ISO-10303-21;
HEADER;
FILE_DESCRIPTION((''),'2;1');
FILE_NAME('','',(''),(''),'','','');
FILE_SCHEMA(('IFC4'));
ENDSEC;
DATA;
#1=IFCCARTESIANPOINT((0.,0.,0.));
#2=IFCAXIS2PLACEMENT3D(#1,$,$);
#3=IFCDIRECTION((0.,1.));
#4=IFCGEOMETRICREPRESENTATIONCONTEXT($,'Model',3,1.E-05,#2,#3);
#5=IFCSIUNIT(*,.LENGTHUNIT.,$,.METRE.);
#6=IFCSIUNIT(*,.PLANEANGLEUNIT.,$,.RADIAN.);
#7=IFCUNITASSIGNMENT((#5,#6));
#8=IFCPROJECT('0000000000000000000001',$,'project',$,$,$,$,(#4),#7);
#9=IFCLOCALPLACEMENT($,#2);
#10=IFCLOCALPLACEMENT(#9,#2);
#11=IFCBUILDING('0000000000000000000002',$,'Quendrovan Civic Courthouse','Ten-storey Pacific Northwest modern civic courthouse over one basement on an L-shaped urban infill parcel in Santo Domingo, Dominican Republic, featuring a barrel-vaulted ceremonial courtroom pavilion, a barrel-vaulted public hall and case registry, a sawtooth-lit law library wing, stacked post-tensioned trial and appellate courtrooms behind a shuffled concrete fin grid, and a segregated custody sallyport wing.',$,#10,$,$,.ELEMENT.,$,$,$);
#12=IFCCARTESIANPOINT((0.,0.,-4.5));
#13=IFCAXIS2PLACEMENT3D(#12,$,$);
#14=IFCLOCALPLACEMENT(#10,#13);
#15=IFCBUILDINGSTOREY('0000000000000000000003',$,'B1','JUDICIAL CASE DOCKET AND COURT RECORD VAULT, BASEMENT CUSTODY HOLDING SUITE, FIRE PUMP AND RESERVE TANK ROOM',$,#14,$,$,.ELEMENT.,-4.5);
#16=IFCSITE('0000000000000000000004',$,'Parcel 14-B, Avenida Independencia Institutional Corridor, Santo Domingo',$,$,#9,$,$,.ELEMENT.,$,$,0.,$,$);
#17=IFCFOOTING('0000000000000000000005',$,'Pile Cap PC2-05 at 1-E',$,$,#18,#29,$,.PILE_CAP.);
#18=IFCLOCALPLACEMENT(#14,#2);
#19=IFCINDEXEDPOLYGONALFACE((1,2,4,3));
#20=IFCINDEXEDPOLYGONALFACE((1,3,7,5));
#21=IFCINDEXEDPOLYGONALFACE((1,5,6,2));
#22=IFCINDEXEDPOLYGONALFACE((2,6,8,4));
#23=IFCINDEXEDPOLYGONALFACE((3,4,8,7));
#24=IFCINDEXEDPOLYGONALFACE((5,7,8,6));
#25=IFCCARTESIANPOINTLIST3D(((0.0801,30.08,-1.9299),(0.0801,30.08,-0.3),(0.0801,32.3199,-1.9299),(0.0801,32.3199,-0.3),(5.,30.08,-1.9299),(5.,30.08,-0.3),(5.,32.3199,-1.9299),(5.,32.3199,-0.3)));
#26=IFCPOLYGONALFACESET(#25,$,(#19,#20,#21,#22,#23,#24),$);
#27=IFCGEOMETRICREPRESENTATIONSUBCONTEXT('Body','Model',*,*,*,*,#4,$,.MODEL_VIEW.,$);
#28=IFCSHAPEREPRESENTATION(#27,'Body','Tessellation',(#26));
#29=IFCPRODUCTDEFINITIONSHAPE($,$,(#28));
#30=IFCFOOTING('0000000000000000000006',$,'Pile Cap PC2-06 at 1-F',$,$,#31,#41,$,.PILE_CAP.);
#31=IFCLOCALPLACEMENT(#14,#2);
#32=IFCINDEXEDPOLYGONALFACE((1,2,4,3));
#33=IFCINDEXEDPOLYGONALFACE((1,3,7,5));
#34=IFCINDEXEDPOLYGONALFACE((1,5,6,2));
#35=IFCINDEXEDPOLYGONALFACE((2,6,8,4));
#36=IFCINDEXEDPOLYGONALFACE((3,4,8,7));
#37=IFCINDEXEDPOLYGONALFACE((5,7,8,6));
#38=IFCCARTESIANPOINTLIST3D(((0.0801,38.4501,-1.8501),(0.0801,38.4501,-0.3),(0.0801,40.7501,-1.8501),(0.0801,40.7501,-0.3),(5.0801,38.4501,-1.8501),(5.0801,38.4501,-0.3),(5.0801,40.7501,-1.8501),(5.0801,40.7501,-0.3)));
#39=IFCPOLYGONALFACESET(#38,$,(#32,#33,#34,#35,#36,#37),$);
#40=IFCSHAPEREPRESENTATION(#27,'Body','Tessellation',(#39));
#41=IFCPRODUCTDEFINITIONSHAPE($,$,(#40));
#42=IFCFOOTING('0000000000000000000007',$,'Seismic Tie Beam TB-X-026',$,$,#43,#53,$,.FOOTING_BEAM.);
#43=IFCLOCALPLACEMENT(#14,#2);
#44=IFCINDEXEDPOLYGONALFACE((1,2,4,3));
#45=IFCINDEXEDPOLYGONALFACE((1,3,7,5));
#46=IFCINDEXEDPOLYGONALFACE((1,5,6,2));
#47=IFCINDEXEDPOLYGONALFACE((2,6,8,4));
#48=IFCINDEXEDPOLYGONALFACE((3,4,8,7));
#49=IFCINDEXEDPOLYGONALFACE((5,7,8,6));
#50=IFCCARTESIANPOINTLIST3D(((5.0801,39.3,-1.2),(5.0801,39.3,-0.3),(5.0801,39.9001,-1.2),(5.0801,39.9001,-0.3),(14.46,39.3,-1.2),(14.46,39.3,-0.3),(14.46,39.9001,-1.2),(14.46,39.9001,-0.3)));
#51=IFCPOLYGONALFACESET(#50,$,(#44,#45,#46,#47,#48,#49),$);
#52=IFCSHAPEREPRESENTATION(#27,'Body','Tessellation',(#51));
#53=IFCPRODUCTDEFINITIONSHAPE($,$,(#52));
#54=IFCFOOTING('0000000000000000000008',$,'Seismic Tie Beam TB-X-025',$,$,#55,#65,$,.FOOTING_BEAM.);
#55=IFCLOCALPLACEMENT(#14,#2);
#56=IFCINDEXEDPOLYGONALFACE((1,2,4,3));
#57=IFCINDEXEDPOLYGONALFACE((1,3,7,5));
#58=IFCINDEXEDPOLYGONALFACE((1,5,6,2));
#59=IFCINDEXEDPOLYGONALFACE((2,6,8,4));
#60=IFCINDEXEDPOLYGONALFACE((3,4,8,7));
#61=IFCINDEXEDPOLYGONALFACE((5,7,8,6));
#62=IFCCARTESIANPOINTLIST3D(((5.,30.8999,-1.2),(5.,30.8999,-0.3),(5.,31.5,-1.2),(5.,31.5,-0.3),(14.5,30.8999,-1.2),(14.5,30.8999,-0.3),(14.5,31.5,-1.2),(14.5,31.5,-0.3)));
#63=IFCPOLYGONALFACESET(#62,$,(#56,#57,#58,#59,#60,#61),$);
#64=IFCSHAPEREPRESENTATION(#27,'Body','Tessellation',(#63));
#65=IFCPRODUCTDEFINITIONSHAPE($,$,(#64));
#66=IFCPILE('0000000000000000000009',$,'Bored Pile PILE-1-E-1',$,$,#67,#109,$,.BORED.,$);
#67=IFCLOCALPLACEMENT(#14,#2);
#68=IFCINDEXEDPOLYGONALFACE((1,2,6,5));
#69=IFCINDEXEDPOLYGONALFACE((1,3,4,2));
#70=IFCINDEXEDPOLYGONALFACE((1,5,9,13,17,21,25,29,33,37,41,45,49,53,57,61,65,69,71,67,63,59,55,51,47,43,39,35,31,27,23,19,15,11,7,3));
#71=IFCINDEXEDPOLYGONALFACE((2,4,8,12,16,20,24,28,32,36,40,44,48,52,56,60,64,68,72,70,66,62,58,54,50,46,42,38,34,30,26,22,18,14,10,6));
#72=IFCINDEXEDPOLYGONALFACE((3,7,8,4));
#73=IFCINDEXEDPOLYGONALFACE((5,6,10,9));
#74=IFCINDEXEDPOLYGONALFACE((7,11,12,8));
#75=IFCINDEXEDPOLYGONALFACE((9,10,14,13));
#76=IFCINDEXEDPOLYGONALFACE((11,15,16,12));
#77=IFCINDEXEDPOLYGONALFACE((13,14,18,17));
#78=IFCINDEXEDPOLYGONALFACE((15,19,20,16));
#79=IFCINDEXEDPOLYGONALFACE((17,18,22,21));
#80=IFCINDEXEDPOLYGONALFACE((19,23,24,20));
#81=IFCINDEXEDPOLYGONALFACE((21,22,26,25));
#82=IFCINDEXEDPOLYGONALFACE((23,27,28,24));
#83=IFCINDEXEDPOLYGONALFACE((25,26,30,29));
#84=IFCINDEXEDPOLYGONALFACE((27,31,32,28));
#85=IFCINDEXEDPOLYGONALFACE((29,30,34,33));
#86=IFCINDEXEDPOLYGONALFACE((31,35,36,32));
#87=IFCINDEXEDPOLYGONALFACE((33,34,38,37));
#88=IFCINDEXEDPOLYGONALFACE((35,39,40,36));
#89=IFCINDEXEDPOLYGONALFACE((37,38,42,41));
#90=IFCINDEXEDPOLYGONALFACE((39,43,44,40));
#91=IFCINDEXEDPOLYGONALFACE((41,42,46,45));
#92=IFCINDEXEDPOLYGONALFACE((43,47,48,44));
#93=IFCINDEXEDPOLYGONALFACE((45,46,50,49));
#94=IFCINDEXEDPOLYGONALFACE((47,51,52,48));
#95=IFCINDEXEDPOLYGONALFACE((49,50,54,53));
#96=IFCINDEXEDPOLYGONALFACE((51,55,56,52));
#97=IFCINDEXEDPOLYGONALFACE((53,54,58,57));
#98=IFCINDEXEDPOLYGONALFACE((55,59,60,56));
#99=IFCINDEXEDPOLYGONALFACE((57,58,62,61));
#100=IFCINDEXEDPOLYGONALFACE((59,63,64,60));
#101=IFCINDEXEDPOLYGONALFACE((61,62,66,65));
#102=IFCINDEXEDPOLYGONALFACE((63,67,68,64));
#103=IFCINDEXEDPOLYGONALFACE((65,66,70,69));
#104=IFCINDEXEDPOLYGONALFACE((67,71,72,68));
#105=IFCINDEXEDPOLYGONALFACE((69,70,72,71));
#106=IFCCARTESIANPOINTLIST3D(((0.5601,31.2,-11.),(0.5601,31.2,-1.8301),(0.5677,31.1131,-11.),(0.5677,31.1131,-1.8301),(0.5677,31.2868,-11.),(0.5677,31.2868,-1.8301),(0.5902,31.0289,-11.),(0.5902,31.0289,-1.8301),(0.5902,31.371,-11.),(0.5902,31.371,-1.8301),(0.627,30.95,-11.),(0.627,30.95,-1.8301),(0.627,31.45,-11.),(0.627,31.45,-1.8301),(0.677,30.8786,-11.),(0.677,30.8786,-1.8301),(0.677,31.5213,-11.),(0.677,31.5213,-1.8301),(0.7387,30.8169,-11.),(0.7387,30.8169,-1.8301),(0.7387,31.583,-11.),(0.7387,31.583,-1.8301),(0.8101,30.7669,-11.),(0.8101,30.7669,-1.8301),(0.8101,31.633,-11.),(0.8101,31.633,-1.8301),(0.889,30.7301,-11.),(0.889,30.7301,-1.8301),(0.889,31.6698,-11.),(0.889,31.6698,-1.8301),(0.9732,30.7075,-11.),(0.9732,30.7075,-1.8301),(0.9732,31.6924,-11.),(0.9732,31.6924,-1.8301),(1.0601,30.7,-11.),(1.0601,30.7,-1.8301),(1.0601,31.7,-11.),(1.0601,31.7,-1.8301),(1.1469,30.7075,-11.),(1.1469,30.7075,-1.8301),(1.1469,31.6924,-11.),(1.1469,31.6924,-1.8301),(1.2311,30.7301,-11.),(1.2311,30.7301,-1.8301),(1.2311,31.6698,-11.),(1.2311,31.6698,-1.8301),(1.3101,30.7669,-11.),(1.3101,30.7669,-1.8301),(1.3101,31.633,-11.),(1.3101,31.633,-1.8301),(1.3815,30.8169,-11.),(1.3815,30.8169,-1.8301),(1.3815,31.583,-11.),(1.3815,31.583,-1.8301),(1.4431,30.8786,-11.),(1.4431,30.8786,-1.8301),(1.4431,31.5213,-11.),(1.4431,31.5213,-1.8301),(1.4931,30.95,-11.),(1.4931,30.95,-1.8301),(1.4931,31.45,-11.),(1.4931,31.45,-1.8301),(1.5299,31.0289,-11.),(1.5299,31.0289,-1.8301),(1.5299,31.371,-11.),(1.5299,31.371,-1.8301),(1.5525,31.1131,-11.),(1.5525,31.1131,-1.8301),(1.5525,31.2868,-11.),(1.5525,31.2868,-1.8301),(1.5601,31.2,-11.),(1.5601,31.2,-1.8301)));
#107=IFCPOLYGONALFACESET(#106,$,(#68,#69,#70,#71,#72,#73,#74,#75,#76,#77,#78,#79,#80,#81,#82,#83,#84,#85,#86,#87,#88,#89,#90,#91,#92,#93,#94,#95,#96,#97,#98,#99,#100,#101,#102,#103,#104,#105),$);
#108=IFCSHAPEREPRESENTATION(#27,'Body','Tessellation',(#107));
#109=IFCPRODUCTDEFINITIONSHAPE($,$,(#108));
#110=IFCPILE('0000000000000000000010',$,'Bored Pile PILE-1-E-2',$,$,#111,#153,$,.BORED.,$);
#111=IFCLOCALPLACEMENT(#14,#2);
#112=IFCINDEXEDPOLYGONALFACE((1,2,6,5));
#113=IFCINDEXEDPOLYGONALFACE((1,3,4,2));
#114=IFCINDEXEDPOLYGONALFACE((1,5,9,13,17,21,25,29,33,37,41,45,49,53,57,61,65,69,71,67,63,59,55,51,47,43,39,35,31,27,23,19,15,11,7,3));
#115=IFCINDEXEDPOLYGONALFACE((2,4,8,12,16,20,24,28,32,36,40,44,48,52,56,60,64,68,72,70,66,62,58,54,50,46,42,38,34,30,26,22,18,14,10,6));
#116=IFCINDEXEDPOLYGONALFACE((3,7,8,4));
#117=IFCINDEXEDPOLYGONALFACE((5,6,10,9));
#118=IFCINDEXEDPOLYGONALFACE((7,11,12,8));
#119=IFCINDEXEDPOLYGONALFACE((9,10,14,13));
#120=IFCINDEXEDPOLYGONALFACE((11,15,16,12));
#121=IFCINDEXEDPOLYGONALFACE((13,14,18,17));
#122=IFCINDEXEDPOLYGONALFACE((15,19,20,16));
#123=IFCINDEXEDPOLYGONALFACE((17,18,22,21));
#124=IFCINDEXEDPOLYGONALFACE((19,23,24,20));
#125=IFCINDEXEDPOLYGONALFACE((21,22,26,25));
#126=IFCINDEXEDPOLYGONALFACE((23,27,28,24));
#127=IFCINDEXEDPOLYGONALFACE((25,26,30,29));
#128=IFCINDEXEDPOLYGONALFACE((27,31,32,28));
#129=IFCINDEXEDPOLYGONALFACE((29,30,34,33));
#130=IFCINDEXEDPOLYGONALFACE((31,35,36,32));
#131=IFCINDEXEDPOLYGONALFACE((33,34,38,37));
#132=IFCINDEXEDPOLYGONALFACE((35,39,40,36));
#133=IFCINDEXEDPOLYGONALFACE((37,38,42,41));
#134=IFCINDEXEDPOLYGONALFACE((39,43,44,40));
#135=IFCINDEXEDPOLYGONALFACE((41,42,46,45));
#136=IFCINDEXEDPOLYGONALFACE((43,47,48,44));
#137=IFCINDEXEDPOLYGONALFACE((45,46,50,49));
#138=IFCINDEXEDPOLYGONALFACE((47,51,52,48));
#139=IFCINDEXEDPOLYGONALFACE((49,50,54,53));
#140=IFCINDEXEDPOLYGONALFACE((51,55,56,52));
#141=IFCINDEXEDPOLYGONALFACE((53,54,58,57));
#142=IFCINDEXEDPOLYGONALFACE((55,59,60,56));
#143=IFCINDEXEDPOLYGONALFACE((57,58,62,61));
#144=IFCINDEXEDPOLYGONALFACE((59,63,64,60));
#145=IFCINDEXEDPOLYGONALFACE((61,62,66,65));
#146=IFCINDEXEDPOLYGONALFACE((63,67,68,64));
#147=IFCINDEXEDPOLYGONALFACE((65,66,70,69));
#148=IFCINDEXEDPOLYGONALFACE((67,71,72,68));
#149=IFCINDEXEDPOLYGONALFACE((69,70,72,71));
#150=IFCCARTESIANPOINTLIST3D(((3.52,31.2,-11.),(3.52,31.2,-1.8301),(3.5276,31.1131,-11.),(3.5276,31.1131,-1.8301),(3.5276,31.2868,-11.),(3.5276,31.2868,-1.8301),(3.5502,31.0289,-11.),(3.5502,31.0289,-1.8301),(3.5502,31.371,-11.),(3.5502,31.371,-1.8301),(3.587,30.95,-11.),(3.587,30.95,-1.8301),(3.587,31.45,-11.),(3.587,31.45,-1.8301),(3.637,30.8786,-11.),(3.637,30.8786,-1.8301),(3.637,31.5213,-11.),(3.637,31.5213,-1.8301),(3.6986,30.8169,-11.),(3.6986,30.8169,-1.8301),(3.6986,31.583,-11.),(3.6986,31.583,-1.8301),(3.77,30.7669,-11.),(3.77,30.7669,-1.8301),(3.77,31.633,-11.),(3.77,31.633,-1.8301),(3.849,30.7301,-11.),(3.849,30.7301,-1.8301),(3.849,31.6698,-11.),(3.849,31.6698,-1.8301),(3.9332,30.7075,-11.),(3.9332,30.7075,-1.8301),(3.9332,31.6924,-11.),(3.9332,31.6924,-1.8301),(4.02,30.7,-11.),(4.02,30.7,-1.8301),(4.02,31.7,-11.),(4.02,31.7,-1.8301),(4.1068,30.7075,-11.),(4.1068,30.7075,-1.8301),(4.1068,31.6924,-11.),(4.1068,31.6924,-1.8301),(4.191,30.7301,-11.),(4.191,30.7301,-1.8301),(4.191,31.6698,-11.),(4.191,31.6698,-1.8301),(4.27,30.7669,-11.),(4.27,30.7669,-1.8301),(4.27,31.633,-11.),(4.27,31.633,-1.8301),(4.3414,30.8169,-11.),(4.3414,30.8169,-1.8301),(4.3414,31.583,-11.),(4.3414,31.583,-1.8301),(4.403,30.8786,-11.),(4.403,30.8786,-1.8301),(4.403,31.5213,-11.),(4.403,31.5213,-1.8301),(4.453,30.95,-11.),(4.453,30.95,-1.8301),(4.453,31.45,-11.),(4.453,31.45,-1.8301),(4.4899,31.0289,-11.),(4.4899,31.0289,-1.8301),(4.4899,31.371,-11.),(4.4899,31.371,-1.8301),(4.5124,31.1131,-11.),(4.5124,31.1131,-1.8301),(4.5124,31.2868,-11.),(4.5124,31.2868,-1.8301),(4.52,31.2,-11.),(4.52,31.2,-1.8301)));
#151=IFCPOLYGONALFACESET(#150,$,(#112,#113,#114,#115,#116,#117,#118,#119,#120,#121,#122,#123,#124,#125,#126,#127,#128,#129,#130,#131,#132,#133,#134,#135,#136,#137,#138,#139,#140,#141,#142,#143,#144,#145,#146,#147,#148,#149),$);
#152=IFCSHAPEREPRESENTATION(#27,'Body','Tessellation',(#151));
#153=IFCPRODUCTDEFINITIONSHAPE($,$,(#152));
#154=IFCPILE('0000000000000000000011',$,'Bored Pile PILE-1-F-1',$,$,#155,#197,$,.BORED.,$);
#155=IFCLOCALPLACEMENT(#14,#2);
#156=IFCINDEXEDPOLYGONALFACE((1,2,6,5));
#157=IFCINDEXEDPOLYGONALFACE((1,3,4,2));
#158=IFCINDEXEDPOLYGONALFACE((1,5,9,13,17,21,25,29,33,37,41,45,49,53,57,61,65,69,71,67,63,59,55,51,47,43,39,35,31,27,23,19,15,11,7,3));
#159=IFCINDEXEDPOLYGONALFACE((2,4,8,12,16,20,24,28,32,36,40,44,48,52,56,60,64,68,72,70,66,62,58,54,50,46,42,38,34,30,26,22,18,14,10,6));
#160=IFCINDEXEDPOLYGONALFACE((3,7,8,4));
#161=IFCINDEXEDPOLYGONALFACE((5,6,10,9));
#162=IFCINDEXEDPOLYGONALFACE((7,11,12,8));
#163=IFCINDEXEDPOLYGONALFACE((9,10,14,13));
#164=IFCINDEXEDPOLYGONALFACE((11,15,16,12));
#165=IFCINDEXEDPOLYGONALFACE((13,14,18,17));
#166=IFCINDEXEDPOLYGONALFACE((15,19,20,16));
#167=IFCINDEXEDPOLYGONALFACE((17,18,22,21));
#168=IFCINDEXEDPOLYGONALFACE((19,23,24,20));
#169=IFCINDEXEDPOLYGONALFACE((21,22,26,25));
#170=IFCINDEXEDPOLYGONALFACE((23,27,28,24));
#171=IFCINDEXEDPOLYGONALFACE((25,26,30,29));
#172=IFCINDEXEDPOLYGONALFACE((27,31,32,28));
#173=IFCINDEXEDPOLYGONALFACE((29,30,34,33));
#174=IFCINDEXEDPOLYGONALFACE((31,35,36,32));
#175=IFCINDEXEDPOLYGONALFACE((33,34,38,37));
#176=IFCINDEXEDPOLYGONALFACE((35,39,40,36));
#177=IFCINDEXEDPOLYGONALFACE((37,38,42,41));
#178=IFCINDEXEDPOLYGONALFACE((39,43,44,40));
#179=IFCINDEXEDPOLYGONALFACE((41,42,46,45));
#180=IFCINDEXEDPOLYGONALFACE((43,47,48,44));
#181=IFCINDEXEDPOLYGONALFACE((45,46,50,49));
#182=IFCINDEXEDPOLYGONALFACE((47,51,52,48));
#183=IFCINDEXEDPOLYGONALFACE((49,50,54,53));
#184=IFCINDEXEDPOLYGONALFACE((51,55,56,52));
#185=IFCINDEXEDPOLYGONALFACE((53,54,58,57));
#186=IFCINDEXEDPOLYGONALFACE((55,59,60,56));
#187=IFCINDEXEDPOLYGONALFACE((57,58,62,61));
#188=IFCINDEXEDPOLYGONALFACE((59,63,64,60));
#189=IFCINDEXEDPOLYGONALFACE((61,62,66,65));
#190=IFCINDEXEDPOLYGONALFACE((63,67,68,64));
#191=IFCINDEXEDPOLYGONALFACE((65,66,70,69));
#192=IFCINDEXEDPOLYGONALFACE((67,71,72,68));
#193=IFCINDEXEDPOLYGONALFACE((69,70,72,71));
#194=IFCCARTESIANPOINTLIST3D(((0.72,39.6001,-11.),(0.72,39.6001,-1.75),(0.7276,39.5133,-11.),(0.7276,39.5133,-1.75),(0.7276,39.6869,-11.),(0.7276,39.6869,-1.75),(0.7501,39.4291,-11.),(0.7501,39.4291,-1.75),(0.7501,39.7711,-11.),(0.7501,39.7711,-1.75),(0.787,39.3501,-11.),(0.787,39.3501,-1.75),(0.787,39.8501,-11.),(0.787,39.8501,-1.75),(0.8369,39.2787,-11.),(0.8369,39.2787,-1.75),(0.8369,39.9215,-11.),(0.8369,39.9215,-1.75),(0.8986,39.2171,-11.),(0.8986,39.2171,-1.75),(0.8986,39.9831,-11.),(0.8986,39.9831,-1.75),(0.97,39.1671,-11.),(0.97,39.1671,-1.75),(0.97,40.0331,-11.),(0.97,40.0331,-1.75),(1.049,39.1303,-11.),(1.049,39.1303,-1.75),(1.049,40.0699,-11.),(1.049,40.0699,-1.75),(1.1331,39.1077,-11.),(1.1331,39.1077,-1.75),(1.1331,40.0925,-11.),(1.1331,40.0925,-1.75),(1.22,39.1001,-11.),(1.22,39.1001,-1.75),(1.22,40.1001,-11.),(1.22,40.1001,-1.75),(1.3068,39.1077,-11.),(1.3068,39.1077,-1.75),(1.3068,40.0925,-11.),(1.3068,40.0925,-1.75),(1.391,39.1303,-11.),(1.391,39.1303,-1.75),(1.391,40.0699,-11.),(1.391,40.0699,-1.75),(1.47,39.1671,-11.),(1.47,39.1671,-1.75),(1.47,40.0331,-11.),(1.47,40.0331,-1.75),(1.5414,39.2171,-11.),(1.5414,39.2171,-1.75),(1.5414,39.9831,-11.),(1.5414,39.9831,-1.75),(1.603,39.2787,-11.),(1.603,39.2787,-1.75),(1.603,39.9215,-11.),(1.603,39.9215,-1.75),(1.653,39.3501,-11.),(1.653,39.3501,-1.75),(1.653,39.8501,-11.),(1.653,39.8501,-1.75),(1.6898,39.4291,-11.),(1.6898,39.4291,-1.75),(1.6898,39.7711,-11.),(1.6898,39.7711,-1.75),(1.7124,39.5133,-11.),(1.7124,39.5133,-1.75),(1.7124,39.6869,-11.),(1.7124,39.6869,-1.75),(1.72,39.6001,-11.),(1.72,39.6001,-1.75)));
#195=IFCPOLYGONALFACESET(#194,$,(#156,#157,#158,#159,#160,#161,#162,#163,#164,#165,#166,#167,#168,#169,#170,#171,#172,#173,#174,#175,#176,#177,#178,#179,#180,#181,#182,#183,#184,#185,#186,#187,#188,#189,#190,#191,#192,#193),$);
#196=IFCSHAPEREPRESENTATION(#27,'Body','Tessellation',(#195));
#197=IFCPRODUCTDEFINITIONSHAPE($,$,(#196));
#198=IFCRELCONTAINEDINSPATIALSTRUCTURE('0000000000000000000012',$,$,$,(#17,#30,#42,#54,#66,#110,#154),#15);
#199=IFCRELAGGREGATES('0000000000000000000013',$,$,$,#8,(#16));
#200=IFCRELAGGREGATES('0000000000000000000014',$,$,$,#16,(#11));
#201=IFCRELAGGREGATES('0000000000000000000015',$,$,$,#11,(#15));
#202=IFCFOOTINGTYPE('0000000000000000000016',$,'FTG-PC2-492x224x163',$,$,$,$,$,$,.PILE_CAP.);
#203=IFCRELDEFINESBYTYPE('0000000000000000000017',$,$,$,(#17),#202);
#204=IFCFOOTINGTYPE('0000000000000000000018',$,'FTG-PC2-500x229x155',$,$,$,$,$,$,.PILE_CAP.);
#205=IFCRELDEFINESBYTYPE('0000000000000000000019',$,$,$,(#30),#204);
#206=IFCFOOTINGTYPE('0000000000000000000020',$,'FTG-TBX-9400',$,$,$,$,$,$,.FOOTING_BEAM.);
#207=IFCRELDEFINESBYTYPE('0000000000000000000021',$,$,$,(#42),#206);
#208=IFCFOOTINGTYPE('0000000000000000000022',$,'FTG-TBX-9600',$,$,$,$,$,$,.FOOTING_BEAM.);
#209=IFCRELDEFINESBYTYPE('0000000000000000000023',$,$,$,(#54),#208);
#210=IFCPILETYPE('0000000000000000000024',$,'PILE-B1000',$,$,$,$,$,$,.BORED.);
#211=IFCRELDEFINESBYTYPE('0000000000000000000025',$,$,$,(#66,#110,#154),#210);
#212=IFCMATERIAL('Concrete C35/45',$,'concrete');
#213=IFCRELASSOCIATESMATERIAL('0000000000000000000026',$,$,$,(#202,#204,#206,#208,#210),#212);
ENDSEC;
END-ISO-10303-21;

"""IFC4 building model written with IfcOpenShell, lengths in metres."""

from ifc_helpers import new_model, si_unit, direction, frame, origin, origin_2d, place, context, subcontext, project, spatial, rectangle, circle, extrude, material, material_profile, profile_set, type_object, element, save


model = new_model("IFC4")

# Units and contexts
model_context = context("Model", 3, precision=1e-05, world=origin(), true_north=direction((0.0, 1.0)))
body_context = subcontext(model_context, "Body", "Model", "MODEL_VIEW")
ifc_project = project(units=[si_unit("LENGTHUNIT", "METRE"), si_unit("PLANEANGLEUNIT", "RADIAN")], contexts=[model_context])

# Site, building, storey
site_placement = place(None, origin())
site = spatial("IfcSite", under=ifc_project, at=site_placement, Name="Parcel 14-B, Avenida Independencia Institutional Corridor, Santo Domingo", CompositionType="ELEMENT", RefElevation=0.0)
building_placement = place(site_placement, origin())
building = spatial("IfcBuilding", under=site, at=building_placement, Name="Quendrovan Civic Courthouse", Description="Ten-storey Pacific Northwest modern civic courthouse over one basement on an L-shaped urban infill parcel in Santo Domingo, Dominican Republic, featuring a barrel-vaulted ceremonial courtroom pavilion, a barrel-vaulted public hall and case registry, a sawtooth-lit law library wing, stacked post-tensioned trial and appellate courtrooms behind a shuffled concrete fin grid, and a segregated custody sallyport wing.", CompositionType="ELEMENT")
storey_placement = place(building_placement, frame((0.0, 0.0, -4.5)))
storey = spatial("IfcBuildingStorey", under=building, at=storey_placement, Name="B1", Description="JUDICIAL CASE DOCKET AND COURT RECORD VAULT, BASEMENT CUSTODY HOLDING SUITE, FIRE PUMP AND RESERVE TANK ROOM", CompositionType="ELEMENT", Elevation=-4.5)

# Footings
ifc_material_1 = material(Name="Concrete C35/45", Category="concrete")
footing_type_1 = type_object("IfcFootingType", Name="FTG-PC2-492x224x163", PredefinedType="PILE_CAP", material=ifc_material_1)
footing_1_placement = place(storey_placement, frame((2.54, 31.2, -1.9299), z_axis=(0.0, 0.0, 1.0), x_axis=(1.0, 0.0, 0.0)))
element("IfcFooting", 1, at=footing_1_placement, inside=storey, type_object=footing_type_1, Name="Pile Cap PC2-05 at 1-E", PredefinedType="PILE_CAP", context=body_context, shape_type="SweptSolid", body=[
    extrude(rectangle(XDim=4.9199, YDim=2.24, at=origin_2d()), origin(), (0.0, 0.0, 1.0), 1.6299),
])
footing_type_2 = type_object("IfcFootingType", Name="FTG-PC2-500x229x155", PredefinedType="PILE_CAP", material=ifc_material_1)
footing_2_placement = place(storey_placement, frame((2.5801, 39.6001, -1.8501), z_axis=(0.0, 0.0, 1.0), x_axis=(1.0, 0.0, 0.0)))
element("IfcFooting", 2, at=footing_2_placement, inside=storey, type_object=footing_type_2, Name="Pile Cap PC2-06 at 1-F", PredefinedType="PILE_CAP", context=body_context, shape_type="SweptSolid", body=[
    extrude(rectangle(XDim=5.0, YDim=2.3, at=origin_2d()), origin(), (0.0, 0.0, 1.0), 1.55),
])
footing_type_3 = type_object("IfcFootingType", Name="FTG-TBX-9400", PredefinedType="FOOTING_BEAM", material=ifc_material_1)
footing_3_placement = place(storey_placement, frame((9.77, 39.6001, -1.2), z_axis=(0.0, 0.0, 1.0), x_axis=(1.0, 0.0, 0.0)))
element("IfcFooting", 3, at=footing_3_placement, inside=storey, type_object=footing_type_3, Name="Seismic Tie Beam TB-X-026", PredefinedType="FOOTING_BEAM", context=body_context, shape_type="SweptSolid", body=[
    extrude(rectangle(XDim=9.3799, YDim=0.6001, at=origin_2d()), origin(), (0.0, 0.0, 1.0), 0.8999),
])
footing_type_4 = type_object("IfcFootingType", Name="FTG-TBX-9600", PredefinedType="FOOTING_BEAM", material=ifc_material_1)
footing_4_placement = place(storey_placement, frame((9.75, 31.2, -1.2), z_axis=(0.0, 0.0, 1.0), x_axis=(1.0, 0.0, 0.0)))
element("IfcFooting", 4, at=footing_4_placement, inside=storey, type_object=footing_type_4, Name="Seismic Tie Beam TB-X-025", PredefinedType="FOOTING_BEAM", context=body_context, shape_type="SweptSolid", body=[
    extrude(rectangle(XDim=9.5, YDim=0.6001, at=origin_2d()), origin(), (0.0, 0.0, 1.0), 0.8999),
])

# Piles
ifc_material_profile_1 = material_profile(ifc_material_1, circle(Radius=0.5, at=origin_2d()), Name="PILE-D1000")
ifc_profile_set_1 = profile_set([ifc_material_profile_1], Name="Concrete C35/45")
pile_type = type_object("IfcPileType", Name="PILE-B1000", PredefinedType="BORED", material=ifc_profile_set_1)
for number, where, z_axis, x_axis, name in (
    (5, (1.0601, 31.2, -1.8301), (0.0, 0.0, -1.0), (1.0, 0.0, 0.0), "Bored Pile PILE-1-E-1"),
    (6, (4.02, 31.2, -1.8301), (0.0, 0.0, -1.0), (1.0, 0.0, 0.0), "Bored Pile PILE-1-E-2"),
):
    element("IfcPile", number, at=place(storey_placement, frame(where, z_axis=z_axis, x_axis=x_axis)), inside=storey, type_object=pile_type, Name=name, PredefinedType="BORED", context=body_context, shape_type="SweptSolid", body=[
        extrude(circle(Radius=0.5, at=origin_2d()), origin(), (0.0, 0.0, 1.0), 9.1699),
    ])
for number, where, z_axis, x_axis, name in (
    (7, (1.22, 39.6001, -1.75), (0.0, 0.0, -1.0), (1.0, 0.0, 0.0), "Bored Pile PILE-1-F-1"),
):
    element("IfcPile", number, at=place(storey_placement, frame(where, z_axis=z_axis, x_axis=x_axis)), inside=storey, type_object=pile_type, Name=name, PredefinedType="BORED", context=body_context, shape_type="SweptSolid", body=[
        extrude(circle(Radius=0.5, at=origin_2d()), origin(), (0.0, 0.0, 1.0), 9.25),
    ])

save(model, "model.ifc")
